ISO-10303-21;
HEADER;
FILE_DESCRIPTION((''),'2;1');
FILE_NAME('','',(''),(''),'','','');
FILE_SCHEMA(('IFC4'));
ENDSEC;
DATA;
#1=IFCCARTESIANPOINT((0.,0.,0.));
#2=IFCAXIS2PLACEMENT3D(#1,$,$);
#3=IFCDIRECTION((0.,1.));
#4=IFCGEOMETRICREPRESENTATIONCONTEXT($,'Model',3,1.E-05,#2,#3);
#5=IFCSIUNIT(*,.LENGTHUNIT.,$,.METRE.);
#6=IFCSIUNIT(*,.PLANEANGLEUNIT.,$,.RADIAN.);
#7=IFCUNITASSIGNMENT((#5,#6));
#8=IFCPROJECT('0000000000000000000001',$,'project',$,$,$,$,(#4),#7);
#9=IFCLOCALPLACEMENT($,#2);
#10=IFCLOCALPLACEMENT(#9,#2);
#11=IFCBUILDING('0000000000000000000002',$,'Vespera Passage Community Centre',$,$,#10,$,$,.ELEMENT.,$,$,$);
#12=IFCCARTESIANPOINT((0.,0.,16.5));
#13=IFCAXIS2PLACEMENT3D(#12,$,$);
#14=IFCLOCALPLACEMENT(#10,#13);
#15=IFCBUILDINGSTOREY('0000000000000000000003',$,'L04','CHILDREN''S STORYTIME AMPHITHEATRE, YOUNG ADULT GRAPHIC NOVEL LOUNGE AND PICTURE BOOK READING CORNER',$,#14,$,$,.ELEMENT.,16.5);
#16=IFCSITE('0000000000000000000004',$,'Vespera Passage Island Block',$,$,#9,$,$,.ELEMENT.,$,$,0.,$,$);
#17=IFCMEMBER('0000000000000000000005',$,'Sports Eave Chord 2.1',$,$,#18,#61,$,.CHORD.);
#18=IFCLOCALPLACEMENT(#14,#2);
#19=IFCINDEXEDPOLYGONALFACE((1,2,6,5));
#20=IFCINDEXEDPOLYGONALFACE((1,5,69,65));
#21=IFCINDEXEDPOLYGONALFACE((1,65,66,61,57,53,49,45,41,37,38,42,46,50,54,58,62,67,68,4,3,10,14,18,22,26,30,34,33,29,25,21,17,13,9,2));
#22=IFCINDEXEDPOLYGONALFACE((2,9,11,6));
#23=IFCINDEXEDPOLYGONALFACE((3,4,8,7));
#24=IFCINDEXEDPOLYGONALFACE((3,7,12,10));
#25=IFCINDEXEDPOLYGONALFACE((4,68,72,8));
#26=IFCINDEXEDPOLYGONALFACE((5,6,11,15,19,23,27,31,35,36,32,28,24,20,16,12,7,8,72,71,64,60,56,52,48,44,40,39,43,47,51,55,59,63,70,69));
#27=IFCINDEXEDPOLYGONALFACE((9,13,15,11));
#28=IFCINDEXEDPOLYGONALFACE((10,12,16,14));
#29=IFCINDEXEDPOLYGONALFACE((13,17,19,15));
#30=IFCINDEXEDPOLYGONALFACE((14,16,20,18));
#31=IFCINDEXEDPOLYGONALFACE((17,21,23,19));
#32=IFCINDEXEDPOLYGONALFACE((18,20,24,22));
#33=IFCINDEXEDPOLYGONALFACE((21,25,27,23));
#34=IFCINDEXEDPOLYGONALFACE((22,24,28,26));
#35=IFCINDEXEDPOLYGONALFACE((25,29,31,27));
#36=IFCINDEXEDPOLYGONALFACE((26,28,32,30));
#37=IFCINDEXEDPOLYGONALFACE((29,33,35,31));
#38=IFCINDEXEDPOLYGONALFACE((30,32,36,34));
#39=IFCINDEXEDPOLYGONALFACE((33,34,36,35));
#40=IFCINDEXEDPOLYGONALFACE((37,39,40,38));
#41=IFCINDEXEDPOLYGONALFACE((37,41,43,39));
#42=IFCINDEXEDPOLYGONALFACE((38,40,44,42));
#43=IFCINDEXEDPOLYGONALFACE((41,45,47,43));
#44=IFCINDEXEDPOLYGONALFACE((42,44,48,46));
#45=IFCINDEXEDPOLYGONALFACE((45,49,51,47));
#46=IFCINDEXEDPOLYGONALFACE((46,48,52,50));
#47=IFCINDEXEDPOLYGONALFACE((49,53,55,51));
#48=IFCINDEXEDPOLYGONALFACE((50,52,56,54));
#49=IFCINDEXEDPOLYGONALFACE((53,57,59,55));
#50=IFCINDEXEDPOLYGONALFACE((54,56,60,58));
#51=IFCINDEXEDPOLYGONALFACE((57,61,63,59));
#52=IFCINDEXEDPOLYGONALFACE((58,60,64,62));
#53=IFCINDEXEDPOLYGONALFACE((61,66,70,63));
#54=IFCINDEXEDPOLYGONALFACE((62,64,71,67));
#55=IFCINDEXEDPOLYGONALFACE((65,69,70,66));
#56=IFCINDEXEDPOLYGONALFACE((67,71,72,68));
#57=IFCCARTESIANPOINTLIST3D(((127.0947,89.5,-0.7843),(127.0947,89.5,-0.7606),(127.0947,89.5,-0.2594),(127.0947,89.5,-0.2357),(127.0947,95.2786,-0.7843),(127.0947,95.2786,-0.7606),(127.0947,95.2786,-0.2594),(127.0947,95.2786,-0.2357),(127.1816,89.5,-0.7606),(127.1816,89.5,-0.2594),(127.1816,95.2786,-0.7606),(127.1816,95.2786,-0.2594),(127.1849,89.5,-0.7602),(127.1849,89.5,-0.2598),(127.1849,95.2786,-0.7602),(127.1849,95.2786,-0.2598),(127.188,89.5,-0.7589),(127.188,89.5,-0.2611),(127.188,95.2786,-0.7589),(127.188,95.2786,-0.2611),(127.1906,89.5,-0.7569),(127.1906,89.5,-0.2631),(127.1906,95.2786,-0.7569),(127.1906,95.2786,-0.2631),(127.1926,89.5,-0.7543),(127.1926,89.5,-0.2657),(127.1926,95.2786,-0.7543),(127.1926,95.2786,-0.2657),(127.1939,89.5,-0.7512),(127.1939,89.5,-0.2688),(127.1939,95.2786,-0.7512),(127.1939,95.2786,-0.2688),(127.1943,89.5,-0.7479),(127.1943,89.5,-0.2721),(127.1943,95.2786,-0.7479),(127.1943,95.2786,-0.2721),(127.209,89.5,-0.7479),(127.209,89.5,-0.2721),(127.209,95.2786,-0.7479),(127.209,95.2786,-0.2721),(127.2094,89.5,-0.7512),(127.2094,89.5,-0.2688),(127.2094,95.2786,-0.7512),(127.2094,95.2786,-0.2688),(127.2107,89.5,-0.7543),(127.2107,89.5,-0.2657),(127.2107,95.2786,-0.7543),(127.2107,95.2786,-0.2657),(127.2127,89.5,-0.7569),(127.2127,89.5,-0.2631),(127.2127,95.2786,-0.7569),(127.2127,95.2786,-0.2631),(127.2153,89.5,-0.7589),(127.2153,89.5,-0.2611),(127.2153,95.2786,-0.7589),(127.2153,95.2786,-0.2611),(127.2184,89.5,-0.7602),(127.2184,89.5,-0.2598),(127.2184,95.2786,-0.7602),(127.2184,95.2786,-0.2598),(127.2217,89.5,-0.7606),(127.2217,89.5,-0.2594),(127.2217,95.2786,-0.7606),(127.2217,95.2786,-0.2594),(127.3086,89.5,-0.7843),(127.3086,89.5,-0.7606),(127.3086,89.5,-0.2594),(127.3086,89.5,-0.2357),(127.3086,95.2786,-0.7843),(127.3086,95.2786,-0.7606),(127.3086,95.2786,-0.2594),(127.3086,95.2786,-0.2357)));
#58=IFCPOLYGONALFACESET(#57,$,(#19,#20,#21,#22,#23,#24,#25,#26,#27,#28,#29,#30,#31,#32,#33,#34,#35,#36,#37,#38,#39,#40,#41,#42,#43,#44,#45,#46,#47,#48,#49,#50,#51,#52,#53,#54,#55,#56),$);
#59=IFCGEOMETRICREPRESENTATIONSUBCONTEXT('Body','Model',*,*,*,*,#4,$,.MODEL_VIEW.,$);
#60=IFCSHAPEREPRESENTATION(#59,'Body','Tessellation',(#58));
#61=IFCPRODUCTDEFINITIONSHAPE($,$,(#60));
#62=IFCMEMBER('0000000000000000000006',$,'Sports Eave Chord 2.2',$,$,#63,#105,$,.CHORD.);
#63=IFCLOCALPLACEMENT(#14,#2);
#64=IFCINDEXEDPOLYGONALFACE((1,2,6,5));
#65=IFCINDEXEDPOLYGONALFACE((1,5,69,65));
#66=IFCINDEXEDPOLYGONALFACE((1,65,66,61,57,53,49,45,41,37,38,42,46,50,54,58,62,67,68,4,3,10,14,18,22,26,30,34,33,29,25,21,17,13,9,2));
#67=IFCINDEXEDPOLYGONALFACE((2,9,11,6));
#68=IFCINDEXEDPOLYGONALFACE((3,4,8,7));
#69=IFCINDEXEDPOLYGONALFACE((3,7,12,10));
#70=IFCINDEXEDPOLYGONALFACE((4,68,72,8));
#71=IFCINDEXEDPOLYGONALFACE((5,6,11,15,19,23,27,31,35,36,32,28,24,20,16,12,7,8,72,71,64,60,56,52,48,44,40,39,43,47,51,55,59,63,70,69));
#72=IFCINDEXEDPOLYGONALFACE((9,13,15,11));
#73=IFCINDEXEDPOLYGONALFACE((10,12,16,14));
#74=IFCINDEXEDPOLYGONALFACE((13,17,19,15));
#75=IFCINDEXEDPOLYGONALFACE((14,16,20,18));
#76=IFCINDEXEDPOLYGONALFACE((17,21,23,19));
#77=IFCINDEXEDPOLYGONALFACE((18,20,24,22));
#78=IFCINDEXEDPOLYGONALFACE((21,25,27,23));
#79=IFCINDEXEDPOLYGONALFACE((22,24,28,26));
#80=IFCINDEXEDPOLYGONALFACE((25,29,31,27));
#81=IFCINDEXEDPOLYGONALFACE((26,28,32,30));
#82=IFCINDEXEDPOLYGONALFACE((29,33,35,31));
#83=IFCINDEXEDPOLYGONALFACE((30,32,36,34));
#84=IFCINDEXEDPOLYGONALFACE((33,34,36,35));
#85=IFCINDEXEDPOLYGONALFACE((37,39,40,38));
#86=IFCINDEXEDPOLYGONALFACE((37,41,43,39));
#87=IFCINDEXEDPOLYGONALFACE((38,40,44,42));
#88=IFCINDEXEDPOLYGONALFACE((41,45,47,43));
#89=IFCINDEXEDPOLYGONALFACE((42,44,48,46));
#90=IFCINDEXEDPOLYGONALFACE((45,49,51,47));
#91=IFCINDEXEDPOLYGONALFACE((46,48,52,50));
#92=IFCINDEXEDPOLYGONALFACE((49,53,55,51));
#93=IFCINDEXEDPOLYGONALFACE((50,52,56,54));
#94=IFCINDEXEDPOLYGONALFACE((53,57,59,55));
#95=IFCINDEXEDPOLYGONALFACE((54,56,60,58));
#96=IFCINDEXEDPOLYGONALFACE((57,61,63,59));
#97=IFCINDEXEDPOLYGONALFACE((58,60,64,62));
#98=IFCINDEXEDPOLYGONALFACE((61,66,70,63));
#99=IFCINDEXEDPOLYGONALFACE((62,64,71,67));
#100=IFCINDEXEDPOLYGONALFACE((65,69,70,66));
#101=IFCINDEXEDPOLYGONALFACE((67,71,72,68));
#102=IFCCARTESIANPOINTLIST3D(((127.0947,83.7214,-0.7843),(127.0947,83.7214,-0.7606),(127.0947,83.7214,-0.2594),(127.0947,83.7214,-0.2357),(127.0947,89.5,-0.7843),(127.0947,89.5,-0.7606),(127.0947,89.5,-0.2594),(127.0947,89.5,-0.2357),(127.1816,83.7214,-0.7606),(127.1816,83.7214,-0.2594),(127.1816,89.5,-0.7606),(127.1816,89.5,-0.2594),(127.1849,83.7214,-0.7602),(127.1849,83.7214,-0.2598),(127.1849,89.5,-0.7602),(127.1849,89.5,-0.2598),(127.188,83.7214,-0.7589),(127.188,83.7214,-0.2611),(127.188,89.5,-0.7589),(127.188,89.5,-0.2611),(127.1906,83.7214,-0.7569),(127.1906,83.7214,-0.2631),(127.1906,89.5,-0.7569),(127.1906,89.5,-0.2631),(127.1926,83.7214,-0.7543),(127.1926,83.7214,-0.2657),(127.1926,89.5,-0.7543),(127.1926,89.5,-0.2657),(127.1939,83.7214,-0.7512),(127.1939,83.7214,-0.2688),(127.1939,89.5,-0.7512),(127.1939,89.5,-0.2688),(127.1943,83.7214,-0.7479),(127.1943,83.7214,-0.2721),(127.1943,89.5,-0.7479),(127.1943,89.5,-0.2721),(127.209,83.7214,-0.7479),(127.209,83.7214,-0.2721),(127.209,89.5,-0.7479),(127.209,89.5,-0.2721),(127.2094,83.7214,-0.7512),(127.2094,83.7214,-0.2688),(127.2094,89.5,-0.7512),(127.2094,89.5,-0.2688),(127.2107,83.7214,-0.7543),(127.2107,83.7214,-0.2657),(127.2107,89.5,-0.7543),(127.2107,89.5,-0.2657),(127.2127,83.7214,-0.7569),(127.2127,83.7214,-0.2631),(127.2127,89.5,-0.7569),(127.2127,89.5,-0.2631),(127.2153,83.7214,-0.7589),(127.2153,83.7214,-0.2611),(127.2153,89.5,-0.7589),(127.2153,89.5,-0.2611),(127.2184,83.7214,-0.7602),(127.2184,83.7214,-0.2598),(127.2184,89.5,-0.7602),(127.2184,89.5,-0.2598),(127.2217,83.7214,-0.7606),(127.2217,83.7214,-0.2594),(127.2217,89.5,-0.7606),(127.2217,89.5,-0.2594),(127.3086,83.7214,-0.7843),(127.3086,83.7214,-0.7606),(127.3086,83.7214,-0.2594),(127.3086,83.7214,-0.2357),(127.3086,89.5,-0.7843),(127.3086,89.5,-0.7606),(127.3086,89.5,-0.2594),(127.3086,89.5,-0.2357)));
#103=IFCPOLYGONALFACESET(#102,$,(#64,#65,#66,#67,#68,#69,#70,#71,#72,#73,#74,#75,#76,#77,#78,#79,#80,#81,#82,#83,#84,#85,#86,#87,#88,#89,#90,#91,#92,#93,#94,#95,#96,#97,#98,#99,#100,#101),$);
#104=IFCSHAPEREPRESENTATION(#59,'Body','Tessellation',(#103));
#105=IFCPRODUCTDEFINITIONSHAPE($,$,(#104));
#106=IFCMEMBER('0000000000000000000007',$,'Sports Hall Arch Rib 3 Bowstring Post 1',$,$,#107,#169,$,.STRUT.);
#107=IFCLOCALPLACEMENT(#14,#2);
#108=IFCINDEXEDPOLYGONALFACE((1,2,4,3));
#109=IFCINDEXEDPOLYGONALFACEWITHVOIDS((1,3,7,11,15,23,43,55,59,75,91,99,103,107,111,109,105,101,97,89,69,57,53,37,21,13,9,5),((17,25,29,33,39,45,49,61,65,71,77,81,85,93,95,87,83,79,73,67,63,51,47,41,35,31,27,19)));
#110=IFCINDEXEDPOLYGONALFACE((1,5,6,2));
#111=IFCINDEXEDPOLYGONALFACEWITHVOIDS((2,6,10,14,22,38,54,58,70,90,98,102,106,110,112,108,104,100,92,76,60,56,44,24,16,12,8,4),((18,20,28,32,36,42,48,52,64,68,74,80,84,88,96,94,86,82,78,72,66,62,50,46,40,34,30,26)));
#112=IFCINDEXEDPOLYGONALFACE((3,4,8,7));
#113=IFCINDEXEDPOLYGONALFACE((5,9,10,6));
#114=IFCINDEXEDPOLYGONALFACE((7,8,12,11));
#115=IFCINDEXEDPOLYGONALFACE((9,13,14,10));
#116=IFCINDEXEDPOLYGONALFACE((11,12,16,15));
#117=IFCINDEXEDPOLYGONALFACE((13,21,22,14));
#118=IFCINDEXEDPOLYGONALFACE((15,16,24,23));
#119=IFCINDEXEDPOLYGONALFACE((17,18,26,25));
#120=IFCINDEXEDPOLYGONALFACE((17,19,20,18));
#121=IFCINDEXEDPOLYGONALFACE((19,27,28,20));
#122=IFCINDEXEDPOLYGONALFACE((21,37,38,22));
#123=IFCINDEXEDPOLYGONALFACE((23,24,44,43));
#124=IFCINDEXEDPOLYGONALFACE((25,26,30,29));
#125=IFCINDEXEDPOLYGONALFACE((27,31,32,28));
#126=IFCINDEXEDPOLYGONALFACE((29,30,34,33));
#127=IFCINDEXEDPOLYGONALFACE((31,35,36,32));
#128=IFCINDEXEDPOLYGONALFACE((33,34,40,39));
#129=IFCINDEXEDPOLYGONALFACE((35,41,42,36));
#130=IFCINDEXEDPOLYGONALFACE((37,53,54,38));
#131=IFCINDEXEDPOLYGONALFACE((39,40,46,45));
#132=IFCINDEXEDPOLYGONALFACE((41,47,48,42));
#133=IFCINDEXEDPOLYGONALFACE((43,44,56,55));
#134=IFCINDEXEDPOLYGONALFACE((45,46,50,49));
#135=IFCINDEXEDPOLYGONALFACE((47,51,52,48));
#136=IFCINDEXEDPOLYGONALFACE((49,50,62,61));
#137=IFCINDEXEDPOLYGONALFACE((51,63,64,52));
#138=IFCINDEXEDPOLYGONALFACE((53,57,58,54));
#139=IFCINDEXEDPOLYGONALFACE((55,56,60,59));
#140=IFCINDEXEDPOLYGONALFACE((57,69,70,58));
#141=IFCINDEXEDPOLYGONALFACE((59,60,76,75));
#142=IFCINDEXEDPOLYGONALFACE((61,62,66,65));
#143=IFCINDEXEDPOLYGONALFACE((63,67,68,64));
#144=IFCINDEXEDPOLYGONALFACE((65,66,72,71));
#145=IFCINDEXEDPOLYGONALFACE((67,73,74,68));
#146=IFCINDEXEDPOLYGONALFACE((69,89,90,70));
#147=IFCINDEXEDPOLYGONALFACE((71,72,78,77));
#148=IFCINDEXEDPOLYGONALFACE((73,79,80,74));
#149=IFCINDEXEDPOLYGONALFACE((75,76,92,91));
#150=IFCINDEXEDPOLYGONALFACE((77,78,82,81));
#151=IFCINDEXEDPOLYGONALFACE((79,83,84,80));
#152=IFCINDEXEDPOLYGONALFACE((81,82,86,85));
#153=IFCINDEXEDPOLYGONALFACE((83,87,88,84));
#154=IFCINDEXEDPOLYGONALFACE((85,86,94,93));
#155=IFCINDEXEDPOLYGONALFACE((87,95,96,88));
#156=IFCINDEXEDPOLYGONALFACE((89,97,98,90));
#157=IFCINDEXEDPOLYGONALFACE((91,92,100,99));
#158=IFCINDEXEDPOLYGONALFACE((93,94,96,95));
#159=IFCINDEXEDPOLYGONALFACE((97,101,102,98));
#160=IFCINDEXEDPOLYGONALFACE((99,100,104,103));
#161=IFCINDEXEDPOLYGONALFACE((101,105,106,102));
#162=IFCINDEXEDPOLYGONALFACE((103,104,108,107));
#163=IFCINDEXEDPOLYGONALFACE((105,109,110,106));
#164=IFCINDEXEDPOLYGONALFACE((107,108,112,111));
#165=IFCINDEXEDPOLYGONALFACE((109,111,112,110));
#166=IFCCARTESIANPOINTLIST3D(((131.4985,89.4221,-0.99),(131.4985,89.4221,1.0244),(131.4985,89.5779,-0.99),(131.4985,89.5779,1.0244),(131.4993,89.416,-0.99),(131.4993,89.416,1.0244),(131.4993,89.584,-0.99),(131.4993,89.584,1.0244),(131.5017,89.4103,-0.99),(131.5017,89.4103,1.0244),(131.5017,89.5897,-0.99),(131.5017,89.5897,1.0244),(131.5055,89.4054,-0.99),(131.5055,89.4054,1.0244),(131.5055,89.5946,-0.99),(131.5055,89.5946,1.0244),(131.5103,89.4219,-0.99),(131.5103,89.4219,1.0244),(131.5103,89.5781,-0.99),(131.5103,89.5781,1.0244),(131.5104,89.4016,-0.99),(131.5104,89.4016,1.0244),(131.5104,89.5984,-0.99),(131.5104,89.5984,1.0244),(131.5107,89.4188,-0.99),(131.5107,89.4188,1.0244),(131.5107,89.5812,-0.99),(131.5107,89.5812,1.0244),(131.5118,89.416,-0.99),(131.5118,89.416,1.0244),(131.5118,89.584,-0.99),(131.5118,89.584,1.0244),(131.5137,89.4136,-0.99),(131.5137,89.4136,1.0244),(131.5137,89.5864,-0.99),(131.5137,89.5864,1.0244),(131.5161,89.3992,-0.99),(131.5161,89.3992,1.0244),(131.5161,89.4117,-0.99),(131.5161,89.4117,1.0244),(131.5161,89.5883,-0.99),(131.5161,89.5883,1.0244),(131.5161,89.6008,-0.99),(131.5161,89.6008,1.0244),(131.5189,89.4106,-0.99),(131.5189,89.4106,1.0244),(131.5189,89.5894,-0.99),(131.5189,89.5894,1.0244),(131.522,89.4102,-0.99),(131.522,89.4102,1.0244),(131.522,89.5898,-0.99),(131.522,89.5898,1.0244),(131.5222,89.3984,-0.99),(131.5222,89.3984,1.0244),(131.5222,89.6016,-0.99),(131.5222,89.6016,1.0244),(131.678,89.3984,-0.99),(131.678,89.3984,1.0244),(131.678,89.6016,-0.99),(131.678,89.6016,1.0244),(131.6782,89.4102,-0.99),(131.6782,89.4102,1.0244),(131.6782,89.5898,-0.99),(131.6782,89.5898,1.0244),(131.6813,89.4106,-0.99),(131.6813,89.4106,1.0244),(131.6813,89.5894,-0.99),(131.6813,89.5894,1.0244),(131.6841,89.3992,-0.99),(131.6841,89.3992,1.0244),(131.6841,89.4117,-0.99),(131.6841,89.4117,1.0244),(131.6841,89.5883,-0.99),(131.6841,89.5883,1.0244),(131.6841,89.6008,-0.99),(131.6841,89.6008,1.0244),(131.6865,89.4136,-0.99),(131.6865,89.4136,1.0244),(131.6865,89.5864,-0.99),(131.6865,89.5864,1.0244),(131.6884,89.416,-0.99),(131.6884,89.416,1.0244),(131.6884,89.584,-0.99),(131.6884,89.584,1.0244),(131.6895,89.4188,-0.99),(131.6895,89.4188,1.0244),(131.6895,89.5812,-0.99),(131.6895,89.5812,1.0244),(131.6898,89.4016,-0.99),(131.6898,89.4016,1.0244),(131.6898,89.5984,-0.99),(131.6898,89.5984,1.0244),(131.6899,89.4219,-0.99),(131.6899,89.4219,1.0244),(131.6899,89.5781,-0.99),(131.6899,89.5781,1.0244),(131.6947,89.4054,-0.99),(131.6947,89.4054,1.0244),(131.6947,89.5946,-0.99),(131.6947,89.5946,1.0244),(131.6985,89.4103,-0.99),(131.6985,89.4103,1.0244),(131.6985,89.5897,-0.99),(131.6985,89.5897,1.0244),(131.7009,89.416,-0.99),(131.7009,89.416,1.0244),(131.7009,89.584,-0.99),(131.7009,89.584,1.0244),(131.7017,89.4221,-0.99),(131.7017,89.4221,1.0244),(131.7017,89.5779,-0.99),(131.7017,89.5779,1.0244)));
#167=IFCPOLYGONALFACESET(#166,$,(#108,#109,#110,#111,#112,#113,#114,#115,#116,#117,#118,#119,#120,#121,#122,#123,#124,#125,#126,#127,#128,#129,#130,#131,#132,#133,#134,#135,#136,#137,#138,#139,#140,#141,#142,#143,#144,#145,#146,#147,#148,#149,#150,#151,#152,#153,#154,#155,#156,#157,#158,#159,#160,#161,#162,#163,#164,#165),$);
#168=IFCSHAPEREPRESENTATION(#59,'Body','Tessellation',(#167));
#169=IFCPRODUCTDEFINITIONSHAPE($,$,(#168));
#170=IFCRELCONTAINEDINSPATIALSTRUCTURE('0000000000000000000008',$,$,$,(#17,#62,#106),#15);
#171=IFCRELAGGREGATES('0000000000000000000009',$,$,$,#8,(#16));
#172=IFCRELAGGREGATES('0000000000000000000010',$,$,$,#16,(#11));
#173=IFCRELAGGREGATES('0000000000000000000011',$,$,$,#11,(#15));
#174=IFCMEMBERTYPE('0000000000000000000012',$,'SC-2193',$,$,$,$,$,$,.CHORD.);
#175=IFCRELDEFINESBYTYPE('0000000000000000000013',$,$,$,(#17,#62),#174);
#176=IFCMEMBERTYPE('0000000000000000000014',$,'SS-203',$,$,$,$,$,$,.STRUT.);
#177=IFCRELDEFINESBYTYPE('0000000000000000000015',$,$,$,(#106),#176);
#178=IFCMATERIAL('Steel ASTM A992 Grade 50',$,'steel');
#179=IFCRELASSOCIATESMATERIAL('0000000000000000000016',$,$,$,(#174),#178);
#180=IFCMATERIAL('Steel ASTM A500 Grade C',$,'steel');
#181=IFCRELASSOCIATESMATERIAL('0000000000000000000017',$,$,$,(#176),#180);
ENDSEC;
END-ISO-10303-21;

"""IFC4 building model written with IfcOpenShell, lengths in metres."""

from ifc_helpers import new_model, si_unit, direction, frame, origin, origin_2d, place, context, subcontext, project, spatial, hollow_rectangle, i_section, extrude, material, material_profile, profile_set, type_object, element, save


model = new_model("IFC4")

# Units and contexts
model_context = context("Model", 3, precision=1e-05, world=origin(), true_north=direction((0.0, 1.0)))
body_context = subcontext(model_context, "Body", "Model", "MODEL_VIEW")
ifc_project = project(units=[si_unit("LENGTHUNIT", "METRE"), si_unit("PLANEANGLEUNIT", "RADIAN")], contexts=[model_context])

# Site, building, storey
site_placement = place(None, origin())
site = spatial("IfcSite", under=ifc_project, at=site_placement, Name="Vespera Passage Island Block", CompositionType="ELEMENT", RefElevation=0.0)
building_placement = place(site_placement, origin())
building = spatial("IfcBuilding", under=site, at=building_placement, Name="Vespera Passage Community Centre", CompositionType="ELEMENT")
storey_placement = place(building_placement, frame((0.0, 0.0, 16.5)))
storey = spatial("IfcBuildingStorey", under=building, at=storey_placement, Name="L04", Description="CHILDREN'S STORYTIME AMPHITHEATRE, YOUNG ADULT GRAPHIC NOVEL LOUNGE AND PICTURE BOOK READING CORNER", CompositionType="ELEMENT", Elevation=16.5)

# Members
ifc_material_1 = material(Name="Steel ASTM A992 Grade 50", Category="steel")
ifc_material_profile_1 = material_profile(ifc_material_1, i_section(OverallWidth=0.2139, OverallDepth=0.5486, WebThickness=0.0146, FlangeThickness=0.0237, FilletRadius=0.0127, at=origin_2d()), Name="W21X93")
ifc_profile_set_1 = profile_set([ifc_material_profile_1], Name="Steel ASTM A992 Grade 50")
member_type_1 = type_object("IfcMemberType", Name="SC-2193", PredefinedType="CHORD", material=ifc_profile_set_1)
for number, where, z_axis, x_axis, name in (
    (1, (127.2017, 95.2786, -0.51), (0.0, -1.0, 0.0), (1.0, 0.0, 0.0), "Sports Eave Chord 2.1"),
    (2, (127.2017, 89.5, -0.51), (0.0, -1.0, 0.0), (1.0, 0.0, 0.0), "Sports Eave Chord 2.2"),
):
    element("IfcMember", number, at=place(storey_placement, frame(where, z_axis=z_axis, x_axis=x_axis)), inside=storey, type_object=member_type_1, Name=name, PredefinedType="CHORD", context=body_context, shape_type="SweptSolid", body=[
        extrude(i_section(OverallWidth=0.2139, OverallDepth=0.5486, WebThickness=0.0146, FlangeThickness=0.0237, FilletRadius=0.0127, at=origin_2d()), origin(), (0.0, 0.0, 1.0), 5.7786),
    ])
ifc_material_2 = material(Name="Steel ASTM A500 Grade C", Category="steel")
ifc_material_profile_2 = material_profile(ifc_material_2, hollow_rectangle(XDim=0.2031, YDim=0.2031, WallThickness=0.0117, InnerFilletRadius=0.0117, OuterFilletRadius=0.0237, at=origin_2d()), Name="HSS203X203X12.7")
ifc_profile_set_2 = profile_set([ifc_material_profile_2], Name="Steel ASTM A500 Grade C")
member_type_2 = type_object("IfcMemberType", Name="SS-203", PredefinedType="STRUT", material=ifc_profile_set_2)
member_placement = place(storey_placement, frame((131.6001, 89.5, -0.99), z_axis=(0.0, 0.0, 1.0), x_axis=(1.0, 0.0, 0.0)))
element("IfcMember", 3, at=member_placement, inside=storey, type_object=member_type_2, Name="Sports Hall Arch Rib 3 Bowstring Post 1", PredefinedType="STRUT", context=body_context, shape_type="SweptSolid", body=[
    extrude(hollow_rectangle(XDim=0.2031, YDim=0.2031, WallThickness=0.0117, InnerFilletRadius=0.0117, OuterFilletRadius=0.0237, at=origin_2d()), origin(), (0.0, 0.0, 1.0), 2.0144),
])

save(model, "model.ifc")
